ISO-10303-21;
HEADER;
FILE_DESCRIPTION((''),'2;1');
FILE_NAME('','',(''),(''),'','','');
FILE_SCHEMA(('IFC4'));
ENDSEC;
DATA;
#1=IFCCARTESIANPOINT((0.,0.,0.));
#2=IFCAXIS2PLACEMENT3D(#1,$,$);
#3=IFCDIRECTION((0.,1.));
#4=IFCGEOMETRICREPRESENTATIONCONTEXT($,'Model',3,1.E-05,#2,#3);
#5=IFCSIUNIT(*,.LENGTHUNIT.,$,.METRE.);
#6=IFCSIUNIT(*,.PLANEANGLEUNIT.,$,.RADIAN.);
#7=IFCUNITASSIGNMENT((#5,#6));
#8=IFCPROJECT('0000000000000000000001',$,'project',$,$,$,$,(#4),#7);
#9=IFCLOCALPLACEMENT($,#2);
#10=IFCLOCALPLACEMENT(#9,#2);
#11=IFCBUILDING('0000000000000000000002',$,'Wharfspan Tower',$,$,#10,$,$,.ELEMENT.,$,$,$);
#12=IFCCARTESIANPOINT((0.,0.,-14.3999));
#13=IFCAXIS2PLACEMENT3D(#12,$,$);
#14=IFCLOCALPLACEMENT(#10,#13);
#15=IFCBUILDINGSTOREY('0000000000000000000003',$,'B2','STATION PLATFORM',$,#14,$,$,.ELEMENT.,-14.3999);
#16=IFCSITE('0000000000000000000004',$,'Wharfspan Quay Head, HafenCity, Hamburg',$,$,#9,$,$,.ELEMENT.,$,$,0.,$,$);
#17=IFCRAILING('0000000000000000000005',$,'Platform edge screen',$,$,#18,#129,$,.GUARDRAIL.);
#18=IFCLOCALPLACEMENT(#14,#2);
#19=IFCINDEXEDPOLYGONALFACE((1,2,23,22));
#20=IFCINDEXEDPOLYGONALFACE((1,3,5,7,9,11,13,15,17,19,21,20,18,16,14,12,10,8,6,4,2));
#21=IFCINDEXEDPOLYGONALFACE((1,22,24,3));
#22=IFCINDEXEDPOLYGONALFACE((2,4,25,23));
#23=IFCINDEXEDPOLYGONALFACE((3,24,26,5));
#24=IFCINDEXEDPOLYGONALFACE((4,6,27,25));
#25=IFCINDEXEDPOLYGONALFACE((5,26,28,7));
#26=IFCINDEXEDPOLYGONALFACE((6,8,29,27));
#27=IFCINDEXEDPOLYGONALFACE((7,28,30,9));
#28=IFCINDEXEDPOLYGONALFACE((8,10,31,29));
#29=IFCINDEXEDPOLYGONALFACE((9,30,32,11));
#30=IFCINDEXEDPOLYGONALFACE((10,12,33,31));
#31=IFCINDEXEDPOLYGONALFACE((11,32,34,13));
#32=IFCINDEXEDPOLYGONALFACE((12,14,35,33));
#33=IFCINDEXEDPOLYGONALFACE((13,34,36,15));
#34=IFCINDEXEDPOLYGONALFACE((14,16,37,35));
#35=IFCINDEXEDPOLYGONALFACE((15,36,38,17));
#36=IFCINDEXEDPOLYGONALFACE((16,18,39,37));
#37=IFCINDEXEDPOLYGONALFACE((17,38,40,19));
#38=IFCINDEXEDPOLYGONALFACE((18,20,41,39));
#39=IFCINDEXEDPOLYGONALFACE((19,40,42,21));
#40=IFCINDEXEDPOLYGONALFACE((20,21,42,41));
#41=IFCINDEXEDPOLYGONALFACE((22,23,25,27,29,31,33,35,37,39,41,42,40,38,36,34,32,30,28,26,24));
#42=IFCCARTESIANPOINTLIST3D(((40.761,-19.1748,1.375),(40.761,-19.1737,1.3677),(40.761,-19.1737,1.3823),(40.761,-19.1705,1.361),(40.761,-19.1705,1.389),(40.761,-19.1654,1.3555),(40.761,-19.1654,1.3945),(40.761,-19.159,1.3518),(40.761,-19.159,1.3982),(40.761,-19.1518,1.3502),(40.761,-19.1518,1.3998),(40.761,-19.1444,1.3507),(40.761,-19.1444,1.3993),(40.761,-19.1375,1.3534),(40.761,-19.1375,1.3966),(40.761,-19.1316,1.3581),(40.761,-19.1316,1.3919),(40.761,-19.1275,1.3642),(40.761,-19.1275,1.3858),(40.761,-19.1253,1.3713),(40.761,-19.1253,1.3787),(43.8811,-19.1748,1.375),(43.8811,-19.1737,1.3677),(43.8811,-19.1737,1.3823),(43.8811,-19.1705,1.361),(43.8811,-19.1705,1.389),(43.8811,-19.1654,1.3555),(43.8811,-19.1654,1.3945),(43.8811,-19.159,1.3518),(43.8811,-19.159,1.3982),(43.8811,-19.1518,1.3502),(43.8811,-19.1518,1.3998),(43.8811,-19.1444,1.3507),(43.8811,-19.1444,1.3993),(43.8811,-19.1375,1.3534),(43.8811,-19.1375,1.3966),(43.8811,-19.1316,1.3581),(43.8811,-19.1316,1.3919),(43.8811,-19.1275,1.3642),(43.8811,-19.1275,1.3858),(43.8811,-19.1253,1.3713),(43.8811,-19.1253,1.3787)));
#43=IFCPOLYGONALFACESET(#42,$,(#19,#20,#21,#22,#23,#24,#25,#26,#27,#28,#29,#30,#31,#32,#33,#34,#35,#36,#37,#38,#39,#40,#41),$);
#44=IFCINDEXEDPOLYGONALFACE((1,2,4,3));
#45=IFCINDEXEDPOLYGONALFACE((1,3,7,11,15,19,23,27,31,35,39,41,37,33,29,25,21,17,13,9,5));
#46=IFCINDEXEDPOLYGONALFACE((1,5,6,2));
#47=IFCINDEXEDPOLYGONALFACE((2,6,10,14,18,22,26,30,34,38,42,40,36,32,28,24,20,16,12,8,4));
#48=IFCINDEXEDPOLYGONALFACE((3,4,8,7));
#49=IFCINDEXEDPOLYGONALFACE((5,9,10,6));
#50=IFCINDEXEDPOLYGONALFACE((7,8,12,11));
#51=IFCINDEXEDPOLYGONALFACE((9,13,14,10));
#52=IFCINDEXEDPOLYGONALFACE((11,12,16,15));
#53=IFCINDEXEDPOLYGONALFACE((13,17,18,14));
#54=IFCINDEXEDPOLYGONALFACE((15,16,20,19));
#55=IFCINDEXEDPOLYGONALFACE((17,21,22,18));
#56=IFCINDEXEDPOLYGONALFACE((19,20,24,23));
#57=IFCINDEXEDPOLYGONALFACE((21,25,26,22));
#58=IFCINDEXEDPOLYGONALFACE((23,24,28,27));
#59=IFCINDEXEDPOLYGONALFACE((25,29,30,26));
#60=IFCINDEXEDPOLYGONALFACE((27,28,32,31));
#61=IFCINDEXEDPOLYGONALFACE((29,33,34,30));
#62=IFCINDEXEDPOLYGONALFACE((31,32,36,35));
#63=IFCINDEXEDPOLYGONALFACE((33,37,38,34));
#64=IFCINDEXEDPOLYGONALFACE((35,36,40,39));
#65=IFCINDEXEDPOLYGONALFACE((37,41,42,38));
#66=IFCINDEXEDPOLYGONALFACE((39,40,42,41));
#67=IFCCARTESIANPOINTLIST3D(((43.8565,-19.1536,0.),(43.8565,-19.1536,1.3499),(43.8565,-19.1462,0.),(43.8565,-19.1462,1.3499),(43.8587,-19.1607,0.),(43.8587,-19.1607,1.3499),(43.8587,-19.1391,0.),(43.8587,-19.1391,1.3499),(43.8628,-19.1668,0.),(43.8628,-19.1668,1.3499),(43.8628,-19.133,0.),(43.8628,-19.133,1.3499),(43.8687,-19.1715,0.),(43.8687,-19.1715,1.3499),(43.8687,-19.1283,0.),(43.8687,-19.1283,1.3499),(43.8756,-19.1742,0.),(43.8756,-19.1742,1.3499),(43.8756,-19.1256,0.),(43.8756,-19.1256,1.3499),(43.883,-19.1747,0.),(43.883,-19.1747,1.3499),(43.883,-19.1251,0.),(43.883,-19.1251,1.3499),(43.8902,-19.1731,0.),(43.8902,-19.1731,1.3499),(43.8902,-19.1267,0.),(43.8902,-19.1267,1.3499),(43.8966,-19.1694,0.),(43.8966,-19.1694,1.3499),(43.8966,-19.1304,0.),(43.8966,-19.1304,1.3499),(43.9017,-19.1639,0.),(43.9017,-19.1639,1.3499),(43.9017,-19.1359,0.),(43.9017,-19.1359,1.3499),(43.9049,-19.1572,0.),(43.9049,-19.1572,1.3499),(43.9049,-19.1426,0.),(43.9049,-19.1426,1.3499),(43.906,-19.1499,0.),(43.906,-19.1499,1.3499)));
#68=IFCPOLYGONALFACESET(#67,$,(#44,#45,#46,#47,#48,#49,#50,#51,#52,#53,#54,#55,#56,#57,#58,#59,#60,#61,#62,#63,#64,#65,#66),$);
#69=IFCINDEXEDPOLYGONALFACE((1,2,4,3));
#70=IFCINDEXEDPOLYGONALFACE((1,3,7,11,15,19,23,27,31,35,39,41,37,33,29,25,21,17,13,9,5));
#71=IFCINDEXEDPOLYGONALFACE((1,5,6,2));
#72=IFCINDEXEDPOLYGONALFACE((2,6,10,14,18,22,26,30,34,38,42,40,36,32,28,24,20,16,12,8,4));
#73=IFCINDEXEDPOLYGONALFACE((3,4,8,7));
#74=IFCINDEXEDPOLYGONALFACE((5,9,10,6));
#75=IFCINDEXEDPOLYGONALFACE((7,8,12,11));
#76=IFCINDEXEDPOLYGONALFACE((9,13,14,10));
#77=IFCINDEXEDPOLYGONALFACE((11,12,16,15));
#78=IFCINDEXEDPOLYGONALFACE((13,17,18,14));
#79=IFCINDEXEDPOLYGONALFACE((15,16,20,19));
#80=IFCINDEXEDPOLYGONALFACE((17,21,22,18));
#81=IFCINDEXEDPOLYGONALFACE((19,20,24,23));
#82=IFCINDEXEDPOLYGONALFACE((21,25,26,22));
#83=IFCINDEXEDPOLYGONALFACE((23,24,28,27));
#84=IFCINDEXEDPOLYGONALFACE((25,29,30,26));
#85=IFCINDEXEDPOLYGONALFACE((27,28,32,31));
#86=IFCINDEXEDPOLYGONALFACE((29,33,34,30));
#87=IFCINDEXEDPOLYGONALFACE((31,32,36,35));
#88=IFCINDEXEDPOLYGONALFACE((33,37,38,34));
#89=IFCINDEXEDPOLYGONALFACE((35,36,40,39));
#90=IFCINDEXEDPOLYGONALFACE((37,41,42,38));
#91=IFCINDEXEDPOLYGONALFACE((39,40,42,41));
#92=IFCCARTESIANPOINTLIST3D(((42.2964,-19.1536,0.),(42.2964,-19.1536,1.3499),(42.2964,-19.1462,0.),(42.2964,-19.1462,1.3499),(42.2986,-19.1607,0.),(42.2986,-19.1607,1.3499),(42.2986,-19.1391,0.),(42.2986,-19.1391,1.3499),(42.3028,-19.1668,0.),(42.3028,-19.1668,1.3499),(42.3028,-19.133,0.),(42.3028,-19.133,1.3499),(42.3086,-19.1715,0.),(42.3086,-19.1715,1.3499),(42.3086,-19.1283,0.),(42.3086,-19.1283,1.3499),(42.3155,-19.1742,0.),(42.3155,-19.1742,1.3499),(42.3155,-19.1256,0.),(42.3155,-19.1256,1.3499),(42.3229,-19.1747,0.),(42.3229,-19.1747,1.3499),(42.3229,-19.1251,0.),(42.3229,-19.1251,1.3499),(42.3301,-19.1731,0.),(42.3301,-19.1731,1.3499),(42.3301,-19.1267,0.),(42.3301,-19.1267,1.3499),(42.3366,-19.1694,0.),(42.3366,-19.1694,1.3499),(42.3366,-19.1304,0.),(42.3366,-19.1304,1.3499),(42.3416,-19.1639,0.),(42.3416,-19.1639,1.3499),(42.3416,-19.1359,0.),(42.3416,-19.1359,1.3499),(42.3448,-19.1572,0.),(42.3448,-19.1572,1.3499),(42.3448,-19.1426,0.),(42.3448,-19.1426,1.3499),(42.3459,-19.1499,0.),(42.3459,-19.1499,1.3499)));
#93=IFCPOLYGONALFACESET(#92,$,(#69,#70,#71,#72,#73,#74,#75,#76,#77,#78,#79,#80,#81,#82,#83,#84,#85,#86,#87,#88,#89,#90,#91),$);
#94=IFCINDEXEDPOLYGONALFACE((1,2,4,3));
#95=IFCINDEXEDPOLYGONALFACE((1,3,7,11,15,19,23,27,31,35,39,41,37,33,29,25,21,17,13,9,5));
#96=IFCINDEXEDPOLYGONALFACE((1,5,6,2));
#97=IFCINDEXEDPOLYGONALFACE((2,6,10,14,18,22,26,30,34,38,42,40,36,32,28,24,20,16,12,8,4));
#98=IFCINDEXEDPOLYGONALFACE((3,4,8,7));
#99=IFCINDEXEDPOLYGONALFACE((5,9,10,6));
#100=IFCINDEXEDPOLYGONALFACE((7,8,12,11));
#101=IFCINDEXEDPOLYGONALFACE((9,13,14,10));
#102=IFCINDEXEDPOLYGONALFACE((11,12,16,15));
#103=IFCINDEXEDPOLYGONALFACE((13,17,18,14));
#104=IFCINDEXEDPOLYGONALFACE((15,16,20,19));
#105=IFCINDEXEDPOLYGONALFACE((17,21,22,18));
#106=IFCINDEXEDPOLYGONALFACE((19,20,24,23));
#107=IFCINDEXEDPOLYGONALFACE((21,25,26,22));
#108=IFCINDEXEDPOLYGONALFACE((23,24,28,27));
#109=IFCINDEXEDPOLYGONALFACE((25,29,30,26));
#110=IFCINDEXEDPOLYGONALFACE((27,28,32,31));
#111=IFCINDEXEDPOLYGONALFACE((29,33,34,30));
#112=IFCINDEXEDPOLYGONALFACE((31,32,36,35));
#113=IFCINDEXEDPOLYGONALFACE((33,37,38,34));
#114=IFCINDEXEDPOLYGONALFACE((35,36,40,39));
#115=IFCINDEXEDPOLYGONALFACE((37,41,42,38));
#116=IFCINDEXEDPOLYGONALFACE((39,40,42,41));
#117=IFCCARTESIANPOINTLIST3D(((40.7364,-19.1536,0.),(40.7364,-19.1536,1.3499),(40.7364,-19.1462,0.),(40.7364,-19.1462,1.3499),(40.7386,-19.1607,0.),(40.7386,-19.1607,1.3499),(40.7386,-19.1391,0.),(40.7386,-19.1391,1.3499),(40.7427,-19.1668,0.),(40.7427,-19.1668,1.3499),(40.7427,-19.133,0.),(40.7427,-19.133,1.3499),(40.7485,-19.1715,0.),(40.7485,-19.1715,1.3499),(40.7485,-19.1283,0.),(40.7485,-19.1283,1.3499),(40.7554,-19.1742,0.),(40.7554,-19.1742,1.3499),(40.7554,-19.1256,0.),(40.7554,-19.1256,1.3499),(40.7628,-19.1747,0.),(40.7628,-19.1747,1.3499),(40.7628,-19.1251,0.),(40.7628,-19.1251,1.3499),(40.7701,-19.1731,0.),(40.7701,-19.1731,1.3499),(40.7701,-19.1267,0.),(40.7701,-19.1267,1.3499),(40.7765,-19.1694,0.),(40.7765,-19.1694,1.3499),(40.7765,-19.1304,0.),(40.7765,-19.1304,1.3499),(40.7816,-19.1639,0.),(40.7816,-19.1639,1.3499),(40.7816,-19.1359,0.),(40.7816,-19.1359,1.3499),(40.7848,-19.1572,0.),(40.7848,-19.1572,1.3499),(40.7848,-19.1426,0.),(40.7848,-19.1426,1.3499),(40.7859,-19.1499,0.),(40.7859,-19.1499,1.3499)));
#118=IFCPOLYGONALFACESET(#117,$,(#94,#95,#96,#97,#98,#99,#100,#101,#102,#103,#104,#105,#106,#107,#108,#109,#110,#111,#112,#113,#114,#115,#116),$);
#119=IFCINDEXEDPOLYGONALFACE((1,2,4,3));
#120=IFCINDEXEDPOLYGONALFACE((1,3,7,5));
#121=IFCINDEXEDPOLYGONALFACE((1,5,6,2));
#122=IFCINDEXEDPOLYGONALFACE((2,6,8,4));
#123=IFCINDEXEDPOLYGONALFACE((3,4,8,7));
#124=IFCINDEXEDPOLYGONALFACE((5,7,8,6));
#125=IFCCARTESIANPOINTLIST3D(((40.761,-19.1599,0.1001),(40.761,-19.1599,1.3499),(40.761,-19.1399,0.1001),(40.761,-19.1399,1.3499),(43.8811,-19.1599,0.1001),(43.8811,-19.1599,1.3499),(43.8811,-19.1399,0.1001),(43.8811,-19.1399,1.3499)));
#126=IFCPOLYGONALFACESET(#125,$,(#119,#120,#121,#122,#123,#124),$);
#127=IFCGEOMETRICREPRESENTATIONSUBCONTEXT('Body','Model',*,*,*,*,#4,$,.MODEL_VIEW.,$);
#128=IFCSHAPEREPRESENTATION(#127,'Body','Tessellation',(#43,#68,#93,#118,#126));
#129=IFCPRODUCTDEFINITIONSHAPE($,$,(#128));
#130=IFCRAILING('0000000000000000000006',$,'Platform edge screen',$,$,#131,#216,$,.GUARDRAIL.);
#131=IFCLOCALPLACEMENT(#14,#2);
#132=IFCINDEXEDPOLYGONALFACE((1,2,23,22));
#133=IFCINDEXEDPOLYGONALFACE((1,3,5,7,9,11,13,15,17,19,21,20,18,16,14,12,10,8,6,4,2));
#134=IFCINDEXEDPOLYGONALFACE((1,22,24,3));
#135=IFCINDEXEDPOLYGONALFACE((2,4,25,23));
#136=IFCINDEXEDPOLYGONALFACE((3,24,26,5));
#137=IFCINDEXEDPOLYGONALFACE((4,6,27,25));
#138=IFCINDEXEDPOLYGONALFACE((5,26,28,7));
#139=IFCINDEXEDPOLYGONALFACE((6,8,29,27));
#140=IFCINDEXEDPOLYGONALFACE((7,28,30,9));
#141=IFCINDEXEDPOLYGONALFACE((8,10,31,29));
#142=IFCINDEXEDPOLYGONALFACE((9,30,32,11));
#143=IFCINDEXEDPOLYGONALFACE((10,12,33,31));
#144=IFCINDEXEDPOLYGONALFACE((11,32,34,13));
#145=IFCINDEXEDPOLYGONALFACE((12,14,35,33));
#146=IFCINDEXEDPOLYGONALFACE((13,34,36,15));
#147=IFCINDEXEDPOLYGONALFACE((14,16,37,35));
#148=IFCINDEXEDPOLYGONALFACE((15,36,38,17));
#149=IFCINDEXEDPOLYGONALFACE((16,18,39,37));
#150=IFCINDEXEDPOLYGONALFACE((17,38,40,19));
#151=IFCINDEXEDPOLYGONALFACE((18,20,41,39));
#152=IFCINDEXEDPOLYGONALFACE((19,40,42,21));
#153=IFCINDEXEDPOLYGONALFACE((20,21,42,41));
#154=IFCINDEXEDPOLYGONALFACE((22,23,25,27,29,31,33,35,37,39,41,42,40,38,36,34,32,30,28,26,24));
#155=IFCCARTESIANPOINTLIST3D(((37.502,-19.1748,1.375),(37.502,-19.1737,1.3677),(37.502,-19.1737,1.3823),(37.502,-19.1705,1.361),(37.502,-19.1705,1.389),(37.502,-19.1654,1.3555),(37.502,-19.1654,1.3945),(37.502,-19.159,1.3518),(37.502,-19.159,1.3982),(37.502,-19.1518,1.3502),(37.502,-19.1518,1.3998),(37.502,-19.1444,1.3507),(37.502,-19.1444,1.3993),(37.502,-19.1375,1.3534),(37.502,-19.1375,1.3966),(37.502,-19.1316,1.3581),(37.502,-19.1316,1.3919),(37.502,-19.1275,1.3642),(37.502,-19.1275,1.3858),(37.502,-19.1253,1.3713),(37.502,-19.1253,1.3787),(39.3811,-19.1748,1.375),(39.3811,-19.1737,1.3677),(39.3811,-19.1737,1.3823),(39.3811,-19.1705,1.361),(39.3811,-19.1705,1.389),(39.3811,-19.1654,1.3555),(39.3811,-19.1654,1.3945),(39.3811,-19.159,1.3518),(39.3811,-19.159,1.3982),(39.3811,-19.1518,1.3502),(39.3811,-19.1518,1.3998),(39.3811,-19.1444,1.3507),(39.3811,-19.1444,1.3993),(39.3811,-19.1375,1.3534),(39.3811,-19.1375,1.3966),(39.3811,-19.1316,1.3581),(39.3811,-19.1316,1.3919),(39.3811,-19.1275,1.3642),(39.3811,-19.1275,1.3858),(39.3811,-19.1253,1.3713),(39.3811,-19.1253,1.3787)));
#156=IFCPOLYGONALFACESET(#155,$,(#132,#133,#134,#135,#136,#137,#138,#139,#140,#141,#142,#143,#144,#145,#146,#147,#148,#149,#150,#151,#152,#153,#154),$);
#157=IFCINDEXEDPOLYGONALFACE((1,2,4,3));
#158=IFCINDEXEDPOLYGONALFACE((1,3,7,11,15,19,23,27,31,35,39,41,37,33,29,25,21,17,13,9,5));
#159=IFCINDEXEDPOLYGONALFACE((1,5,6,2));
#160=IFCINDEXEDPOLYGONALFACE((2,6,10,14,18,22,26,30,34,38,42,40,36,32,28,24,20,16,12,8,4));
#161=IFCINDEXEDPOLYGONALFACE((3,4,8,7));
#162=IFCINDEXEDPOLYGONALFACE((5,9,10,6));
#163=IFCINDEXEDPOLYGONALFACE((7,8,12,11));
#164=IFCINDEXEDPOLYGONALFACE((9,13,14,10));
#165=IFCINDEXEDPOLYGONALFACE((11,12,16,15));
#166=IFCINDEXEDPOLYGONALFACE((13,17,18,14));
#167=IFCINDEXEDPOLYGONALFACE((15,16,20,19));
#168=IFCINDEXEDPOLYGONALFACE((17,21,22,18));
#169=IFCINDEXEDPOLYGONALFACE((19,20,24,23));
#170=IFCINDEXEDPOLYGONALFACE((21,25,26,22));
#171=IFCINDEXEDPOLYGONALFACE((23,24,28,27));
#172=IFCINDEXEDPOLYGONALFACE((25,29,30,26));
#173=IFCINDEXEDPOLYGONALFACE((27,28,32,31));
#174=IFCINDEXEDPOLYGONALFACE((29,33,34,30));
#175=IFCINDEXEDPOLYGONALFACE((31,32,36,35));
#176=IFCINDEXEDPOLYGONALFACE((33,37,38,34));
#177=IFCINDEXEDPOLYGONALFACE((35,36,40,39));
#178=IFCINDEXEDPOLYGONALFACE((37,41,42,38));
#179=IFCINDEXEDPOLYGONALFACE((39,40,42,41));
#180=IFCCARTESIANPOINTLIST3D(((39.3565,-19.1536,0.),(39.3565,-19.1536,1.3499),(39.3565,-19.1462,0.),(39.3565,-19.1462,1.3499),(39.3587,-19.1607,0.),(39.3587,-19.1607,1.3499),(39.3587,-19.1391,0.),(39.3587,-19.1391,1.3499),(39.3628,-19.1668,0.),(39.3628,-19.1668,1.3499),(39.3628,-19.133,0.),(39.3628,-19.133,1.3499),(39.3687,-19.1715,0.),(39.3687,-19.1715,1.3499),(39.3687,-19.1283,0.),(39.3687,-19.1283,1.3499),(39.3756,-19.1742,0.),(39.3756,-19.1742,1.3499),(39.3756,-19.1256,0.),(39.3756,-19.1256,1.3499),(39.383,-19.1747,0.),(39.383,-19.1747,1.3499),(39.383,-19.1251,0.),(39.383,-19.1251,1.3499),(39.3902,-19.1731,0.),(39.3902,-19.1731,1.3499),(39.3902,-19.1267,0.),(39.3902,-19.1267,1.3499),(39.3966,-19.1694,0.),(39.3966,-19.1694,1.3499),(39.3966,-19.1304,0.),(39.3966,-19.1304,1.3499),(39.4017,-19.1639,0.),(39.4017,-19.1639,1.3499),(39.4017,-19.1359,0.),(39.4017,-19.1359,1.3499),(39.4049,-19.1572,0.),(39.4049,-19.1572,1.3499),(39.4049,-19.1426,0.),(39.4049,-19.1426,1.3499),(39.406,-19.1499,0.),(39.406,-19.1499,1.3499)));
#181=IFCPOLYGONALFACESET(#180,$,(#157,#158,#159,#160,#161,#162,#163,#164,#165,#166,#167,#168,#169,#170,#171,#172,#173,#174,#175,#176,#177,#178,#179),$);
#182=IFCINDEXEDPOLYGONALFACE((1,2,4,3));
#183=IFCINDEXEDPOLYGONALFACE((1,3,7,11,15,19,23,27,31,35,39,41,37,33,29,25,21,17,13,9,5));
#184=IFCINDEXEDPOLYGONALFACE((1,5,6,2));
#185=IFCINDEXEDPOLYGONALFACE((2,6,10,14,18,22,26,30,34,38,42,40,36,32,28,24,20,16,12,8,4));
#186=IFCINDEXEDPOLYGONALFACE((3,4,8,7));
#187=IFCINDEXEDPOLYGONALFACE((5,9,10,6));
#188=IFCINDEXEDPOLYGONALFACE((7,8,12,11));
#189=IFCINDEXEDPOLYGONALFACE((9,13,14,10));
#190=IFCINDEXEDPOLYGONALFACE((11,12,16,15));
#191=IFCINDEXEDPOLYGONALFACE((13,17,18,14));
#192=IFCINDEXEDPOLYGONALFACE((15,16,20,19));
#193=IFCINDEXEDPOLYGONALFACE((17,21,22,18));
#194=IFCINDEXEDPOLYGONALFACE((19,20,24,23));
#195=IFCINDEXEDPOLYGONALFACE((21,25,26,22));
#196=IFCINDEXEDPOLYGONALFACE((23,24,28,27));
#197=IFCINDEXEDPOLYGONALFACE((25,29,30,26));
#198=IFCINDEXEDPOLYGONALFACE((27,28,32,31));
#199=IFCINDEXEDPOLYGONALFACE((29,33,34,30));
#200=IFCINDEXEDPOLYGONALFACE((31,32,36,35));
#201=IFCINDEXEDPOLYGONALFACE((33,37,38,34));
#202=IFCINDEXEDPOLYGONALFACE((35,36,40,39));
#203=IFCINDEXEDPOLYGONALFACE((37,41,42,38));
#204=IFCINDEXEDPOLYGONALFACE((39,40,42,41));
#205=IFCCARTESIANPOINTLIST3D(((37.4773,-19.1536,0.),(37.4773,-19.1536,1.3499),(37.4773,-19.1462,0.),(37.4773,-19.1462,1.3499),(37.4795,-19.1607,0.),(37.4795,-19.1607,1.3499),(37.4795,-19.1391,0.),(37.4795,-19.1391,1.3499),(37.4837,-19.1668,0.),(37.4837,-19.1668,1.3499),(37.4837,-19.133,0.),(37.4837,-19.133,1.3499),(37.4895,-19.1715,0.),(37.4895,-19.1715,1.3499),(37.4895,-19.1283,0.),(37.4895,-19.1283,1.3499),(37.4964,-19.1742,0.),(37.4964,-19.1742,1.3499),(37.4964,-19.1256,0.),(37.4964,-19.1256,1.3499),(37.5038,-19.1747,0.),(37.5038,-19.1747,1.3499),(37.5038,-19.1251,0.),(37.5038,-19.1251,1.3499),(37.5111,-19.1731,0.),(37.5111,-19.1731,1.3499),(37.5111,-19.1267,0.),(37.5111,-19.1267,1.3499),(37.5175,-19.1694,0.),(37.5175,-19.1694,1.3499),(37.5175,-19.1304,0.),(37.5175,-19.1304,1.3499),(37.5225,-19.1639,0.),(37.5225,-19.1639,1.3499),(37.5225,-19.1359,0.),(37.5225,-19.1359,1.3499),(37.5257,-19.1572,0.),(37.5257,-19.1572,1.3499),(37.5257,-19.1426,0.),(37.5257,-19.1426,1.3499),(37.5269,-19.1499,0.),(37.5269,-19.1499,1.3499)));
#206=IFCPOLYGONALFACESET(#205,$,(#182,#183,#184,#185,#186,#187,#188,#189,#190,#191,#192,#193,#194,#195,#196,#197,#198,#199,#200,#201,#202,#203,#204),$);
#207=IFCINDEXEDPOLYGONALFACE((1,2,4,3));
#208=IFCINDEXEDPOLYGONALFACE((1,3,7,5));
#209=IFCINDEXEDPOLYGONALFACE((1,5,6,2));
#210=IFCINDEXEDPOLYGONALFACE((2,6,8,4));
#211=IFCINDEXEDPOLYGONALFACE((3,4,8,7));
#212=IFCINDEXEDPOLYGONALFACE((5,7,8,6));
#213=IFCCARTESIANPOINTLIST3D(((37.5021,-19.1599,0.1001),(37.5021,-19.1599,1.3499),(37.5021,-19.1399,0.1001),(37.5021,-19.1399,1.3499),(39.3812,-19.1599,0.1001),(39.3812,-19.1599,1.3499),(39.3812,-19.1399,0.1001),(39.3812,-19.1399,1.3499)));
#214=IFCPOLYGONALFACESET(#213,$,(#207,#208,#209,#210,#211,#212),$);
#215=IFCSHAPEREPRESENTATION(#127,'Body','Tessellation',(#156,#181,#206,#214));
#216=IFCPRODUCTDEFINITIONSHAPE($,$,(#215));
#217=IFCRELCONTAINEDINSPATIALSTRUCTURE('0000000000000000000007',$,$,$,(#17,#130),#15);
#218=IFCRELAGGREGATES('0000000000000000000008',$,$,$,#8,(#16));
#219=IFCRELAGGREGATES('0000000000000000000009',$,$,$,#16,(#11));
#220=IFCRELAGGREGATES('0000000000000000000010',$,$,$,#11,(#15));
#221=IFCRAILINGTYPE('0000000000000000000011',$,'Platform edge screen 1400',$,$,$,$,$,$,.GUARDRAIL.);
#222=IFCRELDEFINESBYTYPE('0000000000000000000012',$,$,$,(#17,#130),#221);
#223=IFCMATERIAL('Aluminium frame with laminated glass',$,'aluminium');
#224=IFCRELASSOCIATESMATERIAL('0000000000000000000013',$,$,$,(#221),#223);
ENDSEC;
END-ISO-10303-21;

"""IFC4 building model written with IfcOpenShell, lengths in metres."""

from ifc_helpers import new_model, si_unit, direction, frame, origin, origin_2d, place, context, subcontext, project, spatial, rectangle, circle, extrude, material, type_object, element, save


model = new_model("IFC4")

# Units and contexts
model_context = context("Model", 3, precision=1e-05, world=origin(), true_north=direction((0.0, 1.0)))
body_context = subcontext(model_context, "Body", "Model", "MODEL_VIEW")
ifc_project = project(units=[si_unit("LENGTHUNIT", "METRE"), si_unit("PLANEANGLEUNIT", "RADIAN")], contexts=[model_context])

# Site, building, storey
site_placement = place(None, origin())
site = spatial("IfcSite", under=ifc_project, at=site_placement, Name="Wharfspan Quay Head, HafenCity, Hamburg", CompositionType="ELEMENT", RefElevation=0.0)
building_placement = place(site_placement, origin())
building = spatial("IfcBuilding", under=site, at=building_placement, Name="Wharfspan Tower", CompositionType="ELEMENT")
storey_placement = place(building_placement, frame((0.0, 0.0, -14.3999)))
storey = spatial("IfcBuildingStorey", under=building, at=storey_placement, Name="B2", Description="STATION PLATFORM", CompositionType="ELEMENT", Elevation=-14.3999)

# Railings
ifc_material_1 = material(Name="Aluminium frame with laminated glass", Category="aluminium")
railing_type_1 = type_object("IfcRailingType", Name="Platform edge screen 1400", PredefinedType="GUARDRAIL", material=ifc_material_1)
railing_1_placement = place(storey_placement, frame((43.8811, -19.1499, 0.0)))
element("IfcRailing", 1, at=railing_1_placement, inside=storey, type_object=railing_type_1, Name="Platform edge screen", PredefinedType="GUARDRAIL", context=body_context, shape_type="SweptSolid", body=[
    extrude(circle(Radius=0.0249, at=origin_2d()), frame((0.0, 0.0, 1.375), z_axis=(-1.0, 0.0, 0.0), x_axis=(0.0, -1.0, 0.0)), (0.0, 0.0, 1.0), 3.1201),
    extrude(circle(Radius=0.0249, at=origin_2d()), origin(), (0.0, 0.0, 1.0), 1.3499),
    extrude(circle(Radius=0.0249, at=origin_2d()), frame((-1.5601, 0.0, 0.0)), (0.0, 0.0, 1.0), 1.3499),
    extrude(circle(Radius=0.0249, at=origin_2d()), frame((-3.1201, 0.0, 0.0)), (0.0, 0.0, 1.0), 1.3499),
    extrude(rectangle(XDim=3.1201, YDim=0.02, at=origin_2d()), frame((-1.5601, 0.0, 0.1001), z_axis=(0.0, 0.0, 1.0), x_axis=(-1.0, 0.0, 0.0)), (0.0, 0.0, 1.0), 1.2498),
])
railing_2_placement = place(storey_placement, frame((39.3811, -19.1499, 0.0)))
element("IfcRailing", 2, at=railing_2_placement, inside=storey, type_object=railing_type_1, Name="Platform edge screen", PredefinedType="GUARDRAIL", context=body_context, shape_type="SweptSolid", body=[
    extrude(circle(Radius=0.0249, at=origin_2d()), frame((0.0, 0.0, 1.375), z_axis=(-1.0, 0.0, 0.0), x_axis=(0.0, -1.0, 0.0)), (0.0, 0.0, 1.0), 1.8792),
    extrude(circle(Radius=0.0249, at=origin_2d()), origin(), (0.0, 0.0, 1.0), 1.3499),
    extrude(circle(Radius=0.0249, at=origin_2d()), frame((-1.8792, 0.0, 0.0)), (0.0, 0.0, 1.0), 1.3499),
    extrude(rectangle(XDim=1.8792, YDim=0.02, at=origin_2d()), frame((-0.9395, 0.0, 0.1001), z_axis=(0.0, 0.0, 1.0), x_axis=(-1.0, 0.0, 0.0)), (0.0, 0.0, 1.0), 1.2498),
])

save(model, "model.ifc")
